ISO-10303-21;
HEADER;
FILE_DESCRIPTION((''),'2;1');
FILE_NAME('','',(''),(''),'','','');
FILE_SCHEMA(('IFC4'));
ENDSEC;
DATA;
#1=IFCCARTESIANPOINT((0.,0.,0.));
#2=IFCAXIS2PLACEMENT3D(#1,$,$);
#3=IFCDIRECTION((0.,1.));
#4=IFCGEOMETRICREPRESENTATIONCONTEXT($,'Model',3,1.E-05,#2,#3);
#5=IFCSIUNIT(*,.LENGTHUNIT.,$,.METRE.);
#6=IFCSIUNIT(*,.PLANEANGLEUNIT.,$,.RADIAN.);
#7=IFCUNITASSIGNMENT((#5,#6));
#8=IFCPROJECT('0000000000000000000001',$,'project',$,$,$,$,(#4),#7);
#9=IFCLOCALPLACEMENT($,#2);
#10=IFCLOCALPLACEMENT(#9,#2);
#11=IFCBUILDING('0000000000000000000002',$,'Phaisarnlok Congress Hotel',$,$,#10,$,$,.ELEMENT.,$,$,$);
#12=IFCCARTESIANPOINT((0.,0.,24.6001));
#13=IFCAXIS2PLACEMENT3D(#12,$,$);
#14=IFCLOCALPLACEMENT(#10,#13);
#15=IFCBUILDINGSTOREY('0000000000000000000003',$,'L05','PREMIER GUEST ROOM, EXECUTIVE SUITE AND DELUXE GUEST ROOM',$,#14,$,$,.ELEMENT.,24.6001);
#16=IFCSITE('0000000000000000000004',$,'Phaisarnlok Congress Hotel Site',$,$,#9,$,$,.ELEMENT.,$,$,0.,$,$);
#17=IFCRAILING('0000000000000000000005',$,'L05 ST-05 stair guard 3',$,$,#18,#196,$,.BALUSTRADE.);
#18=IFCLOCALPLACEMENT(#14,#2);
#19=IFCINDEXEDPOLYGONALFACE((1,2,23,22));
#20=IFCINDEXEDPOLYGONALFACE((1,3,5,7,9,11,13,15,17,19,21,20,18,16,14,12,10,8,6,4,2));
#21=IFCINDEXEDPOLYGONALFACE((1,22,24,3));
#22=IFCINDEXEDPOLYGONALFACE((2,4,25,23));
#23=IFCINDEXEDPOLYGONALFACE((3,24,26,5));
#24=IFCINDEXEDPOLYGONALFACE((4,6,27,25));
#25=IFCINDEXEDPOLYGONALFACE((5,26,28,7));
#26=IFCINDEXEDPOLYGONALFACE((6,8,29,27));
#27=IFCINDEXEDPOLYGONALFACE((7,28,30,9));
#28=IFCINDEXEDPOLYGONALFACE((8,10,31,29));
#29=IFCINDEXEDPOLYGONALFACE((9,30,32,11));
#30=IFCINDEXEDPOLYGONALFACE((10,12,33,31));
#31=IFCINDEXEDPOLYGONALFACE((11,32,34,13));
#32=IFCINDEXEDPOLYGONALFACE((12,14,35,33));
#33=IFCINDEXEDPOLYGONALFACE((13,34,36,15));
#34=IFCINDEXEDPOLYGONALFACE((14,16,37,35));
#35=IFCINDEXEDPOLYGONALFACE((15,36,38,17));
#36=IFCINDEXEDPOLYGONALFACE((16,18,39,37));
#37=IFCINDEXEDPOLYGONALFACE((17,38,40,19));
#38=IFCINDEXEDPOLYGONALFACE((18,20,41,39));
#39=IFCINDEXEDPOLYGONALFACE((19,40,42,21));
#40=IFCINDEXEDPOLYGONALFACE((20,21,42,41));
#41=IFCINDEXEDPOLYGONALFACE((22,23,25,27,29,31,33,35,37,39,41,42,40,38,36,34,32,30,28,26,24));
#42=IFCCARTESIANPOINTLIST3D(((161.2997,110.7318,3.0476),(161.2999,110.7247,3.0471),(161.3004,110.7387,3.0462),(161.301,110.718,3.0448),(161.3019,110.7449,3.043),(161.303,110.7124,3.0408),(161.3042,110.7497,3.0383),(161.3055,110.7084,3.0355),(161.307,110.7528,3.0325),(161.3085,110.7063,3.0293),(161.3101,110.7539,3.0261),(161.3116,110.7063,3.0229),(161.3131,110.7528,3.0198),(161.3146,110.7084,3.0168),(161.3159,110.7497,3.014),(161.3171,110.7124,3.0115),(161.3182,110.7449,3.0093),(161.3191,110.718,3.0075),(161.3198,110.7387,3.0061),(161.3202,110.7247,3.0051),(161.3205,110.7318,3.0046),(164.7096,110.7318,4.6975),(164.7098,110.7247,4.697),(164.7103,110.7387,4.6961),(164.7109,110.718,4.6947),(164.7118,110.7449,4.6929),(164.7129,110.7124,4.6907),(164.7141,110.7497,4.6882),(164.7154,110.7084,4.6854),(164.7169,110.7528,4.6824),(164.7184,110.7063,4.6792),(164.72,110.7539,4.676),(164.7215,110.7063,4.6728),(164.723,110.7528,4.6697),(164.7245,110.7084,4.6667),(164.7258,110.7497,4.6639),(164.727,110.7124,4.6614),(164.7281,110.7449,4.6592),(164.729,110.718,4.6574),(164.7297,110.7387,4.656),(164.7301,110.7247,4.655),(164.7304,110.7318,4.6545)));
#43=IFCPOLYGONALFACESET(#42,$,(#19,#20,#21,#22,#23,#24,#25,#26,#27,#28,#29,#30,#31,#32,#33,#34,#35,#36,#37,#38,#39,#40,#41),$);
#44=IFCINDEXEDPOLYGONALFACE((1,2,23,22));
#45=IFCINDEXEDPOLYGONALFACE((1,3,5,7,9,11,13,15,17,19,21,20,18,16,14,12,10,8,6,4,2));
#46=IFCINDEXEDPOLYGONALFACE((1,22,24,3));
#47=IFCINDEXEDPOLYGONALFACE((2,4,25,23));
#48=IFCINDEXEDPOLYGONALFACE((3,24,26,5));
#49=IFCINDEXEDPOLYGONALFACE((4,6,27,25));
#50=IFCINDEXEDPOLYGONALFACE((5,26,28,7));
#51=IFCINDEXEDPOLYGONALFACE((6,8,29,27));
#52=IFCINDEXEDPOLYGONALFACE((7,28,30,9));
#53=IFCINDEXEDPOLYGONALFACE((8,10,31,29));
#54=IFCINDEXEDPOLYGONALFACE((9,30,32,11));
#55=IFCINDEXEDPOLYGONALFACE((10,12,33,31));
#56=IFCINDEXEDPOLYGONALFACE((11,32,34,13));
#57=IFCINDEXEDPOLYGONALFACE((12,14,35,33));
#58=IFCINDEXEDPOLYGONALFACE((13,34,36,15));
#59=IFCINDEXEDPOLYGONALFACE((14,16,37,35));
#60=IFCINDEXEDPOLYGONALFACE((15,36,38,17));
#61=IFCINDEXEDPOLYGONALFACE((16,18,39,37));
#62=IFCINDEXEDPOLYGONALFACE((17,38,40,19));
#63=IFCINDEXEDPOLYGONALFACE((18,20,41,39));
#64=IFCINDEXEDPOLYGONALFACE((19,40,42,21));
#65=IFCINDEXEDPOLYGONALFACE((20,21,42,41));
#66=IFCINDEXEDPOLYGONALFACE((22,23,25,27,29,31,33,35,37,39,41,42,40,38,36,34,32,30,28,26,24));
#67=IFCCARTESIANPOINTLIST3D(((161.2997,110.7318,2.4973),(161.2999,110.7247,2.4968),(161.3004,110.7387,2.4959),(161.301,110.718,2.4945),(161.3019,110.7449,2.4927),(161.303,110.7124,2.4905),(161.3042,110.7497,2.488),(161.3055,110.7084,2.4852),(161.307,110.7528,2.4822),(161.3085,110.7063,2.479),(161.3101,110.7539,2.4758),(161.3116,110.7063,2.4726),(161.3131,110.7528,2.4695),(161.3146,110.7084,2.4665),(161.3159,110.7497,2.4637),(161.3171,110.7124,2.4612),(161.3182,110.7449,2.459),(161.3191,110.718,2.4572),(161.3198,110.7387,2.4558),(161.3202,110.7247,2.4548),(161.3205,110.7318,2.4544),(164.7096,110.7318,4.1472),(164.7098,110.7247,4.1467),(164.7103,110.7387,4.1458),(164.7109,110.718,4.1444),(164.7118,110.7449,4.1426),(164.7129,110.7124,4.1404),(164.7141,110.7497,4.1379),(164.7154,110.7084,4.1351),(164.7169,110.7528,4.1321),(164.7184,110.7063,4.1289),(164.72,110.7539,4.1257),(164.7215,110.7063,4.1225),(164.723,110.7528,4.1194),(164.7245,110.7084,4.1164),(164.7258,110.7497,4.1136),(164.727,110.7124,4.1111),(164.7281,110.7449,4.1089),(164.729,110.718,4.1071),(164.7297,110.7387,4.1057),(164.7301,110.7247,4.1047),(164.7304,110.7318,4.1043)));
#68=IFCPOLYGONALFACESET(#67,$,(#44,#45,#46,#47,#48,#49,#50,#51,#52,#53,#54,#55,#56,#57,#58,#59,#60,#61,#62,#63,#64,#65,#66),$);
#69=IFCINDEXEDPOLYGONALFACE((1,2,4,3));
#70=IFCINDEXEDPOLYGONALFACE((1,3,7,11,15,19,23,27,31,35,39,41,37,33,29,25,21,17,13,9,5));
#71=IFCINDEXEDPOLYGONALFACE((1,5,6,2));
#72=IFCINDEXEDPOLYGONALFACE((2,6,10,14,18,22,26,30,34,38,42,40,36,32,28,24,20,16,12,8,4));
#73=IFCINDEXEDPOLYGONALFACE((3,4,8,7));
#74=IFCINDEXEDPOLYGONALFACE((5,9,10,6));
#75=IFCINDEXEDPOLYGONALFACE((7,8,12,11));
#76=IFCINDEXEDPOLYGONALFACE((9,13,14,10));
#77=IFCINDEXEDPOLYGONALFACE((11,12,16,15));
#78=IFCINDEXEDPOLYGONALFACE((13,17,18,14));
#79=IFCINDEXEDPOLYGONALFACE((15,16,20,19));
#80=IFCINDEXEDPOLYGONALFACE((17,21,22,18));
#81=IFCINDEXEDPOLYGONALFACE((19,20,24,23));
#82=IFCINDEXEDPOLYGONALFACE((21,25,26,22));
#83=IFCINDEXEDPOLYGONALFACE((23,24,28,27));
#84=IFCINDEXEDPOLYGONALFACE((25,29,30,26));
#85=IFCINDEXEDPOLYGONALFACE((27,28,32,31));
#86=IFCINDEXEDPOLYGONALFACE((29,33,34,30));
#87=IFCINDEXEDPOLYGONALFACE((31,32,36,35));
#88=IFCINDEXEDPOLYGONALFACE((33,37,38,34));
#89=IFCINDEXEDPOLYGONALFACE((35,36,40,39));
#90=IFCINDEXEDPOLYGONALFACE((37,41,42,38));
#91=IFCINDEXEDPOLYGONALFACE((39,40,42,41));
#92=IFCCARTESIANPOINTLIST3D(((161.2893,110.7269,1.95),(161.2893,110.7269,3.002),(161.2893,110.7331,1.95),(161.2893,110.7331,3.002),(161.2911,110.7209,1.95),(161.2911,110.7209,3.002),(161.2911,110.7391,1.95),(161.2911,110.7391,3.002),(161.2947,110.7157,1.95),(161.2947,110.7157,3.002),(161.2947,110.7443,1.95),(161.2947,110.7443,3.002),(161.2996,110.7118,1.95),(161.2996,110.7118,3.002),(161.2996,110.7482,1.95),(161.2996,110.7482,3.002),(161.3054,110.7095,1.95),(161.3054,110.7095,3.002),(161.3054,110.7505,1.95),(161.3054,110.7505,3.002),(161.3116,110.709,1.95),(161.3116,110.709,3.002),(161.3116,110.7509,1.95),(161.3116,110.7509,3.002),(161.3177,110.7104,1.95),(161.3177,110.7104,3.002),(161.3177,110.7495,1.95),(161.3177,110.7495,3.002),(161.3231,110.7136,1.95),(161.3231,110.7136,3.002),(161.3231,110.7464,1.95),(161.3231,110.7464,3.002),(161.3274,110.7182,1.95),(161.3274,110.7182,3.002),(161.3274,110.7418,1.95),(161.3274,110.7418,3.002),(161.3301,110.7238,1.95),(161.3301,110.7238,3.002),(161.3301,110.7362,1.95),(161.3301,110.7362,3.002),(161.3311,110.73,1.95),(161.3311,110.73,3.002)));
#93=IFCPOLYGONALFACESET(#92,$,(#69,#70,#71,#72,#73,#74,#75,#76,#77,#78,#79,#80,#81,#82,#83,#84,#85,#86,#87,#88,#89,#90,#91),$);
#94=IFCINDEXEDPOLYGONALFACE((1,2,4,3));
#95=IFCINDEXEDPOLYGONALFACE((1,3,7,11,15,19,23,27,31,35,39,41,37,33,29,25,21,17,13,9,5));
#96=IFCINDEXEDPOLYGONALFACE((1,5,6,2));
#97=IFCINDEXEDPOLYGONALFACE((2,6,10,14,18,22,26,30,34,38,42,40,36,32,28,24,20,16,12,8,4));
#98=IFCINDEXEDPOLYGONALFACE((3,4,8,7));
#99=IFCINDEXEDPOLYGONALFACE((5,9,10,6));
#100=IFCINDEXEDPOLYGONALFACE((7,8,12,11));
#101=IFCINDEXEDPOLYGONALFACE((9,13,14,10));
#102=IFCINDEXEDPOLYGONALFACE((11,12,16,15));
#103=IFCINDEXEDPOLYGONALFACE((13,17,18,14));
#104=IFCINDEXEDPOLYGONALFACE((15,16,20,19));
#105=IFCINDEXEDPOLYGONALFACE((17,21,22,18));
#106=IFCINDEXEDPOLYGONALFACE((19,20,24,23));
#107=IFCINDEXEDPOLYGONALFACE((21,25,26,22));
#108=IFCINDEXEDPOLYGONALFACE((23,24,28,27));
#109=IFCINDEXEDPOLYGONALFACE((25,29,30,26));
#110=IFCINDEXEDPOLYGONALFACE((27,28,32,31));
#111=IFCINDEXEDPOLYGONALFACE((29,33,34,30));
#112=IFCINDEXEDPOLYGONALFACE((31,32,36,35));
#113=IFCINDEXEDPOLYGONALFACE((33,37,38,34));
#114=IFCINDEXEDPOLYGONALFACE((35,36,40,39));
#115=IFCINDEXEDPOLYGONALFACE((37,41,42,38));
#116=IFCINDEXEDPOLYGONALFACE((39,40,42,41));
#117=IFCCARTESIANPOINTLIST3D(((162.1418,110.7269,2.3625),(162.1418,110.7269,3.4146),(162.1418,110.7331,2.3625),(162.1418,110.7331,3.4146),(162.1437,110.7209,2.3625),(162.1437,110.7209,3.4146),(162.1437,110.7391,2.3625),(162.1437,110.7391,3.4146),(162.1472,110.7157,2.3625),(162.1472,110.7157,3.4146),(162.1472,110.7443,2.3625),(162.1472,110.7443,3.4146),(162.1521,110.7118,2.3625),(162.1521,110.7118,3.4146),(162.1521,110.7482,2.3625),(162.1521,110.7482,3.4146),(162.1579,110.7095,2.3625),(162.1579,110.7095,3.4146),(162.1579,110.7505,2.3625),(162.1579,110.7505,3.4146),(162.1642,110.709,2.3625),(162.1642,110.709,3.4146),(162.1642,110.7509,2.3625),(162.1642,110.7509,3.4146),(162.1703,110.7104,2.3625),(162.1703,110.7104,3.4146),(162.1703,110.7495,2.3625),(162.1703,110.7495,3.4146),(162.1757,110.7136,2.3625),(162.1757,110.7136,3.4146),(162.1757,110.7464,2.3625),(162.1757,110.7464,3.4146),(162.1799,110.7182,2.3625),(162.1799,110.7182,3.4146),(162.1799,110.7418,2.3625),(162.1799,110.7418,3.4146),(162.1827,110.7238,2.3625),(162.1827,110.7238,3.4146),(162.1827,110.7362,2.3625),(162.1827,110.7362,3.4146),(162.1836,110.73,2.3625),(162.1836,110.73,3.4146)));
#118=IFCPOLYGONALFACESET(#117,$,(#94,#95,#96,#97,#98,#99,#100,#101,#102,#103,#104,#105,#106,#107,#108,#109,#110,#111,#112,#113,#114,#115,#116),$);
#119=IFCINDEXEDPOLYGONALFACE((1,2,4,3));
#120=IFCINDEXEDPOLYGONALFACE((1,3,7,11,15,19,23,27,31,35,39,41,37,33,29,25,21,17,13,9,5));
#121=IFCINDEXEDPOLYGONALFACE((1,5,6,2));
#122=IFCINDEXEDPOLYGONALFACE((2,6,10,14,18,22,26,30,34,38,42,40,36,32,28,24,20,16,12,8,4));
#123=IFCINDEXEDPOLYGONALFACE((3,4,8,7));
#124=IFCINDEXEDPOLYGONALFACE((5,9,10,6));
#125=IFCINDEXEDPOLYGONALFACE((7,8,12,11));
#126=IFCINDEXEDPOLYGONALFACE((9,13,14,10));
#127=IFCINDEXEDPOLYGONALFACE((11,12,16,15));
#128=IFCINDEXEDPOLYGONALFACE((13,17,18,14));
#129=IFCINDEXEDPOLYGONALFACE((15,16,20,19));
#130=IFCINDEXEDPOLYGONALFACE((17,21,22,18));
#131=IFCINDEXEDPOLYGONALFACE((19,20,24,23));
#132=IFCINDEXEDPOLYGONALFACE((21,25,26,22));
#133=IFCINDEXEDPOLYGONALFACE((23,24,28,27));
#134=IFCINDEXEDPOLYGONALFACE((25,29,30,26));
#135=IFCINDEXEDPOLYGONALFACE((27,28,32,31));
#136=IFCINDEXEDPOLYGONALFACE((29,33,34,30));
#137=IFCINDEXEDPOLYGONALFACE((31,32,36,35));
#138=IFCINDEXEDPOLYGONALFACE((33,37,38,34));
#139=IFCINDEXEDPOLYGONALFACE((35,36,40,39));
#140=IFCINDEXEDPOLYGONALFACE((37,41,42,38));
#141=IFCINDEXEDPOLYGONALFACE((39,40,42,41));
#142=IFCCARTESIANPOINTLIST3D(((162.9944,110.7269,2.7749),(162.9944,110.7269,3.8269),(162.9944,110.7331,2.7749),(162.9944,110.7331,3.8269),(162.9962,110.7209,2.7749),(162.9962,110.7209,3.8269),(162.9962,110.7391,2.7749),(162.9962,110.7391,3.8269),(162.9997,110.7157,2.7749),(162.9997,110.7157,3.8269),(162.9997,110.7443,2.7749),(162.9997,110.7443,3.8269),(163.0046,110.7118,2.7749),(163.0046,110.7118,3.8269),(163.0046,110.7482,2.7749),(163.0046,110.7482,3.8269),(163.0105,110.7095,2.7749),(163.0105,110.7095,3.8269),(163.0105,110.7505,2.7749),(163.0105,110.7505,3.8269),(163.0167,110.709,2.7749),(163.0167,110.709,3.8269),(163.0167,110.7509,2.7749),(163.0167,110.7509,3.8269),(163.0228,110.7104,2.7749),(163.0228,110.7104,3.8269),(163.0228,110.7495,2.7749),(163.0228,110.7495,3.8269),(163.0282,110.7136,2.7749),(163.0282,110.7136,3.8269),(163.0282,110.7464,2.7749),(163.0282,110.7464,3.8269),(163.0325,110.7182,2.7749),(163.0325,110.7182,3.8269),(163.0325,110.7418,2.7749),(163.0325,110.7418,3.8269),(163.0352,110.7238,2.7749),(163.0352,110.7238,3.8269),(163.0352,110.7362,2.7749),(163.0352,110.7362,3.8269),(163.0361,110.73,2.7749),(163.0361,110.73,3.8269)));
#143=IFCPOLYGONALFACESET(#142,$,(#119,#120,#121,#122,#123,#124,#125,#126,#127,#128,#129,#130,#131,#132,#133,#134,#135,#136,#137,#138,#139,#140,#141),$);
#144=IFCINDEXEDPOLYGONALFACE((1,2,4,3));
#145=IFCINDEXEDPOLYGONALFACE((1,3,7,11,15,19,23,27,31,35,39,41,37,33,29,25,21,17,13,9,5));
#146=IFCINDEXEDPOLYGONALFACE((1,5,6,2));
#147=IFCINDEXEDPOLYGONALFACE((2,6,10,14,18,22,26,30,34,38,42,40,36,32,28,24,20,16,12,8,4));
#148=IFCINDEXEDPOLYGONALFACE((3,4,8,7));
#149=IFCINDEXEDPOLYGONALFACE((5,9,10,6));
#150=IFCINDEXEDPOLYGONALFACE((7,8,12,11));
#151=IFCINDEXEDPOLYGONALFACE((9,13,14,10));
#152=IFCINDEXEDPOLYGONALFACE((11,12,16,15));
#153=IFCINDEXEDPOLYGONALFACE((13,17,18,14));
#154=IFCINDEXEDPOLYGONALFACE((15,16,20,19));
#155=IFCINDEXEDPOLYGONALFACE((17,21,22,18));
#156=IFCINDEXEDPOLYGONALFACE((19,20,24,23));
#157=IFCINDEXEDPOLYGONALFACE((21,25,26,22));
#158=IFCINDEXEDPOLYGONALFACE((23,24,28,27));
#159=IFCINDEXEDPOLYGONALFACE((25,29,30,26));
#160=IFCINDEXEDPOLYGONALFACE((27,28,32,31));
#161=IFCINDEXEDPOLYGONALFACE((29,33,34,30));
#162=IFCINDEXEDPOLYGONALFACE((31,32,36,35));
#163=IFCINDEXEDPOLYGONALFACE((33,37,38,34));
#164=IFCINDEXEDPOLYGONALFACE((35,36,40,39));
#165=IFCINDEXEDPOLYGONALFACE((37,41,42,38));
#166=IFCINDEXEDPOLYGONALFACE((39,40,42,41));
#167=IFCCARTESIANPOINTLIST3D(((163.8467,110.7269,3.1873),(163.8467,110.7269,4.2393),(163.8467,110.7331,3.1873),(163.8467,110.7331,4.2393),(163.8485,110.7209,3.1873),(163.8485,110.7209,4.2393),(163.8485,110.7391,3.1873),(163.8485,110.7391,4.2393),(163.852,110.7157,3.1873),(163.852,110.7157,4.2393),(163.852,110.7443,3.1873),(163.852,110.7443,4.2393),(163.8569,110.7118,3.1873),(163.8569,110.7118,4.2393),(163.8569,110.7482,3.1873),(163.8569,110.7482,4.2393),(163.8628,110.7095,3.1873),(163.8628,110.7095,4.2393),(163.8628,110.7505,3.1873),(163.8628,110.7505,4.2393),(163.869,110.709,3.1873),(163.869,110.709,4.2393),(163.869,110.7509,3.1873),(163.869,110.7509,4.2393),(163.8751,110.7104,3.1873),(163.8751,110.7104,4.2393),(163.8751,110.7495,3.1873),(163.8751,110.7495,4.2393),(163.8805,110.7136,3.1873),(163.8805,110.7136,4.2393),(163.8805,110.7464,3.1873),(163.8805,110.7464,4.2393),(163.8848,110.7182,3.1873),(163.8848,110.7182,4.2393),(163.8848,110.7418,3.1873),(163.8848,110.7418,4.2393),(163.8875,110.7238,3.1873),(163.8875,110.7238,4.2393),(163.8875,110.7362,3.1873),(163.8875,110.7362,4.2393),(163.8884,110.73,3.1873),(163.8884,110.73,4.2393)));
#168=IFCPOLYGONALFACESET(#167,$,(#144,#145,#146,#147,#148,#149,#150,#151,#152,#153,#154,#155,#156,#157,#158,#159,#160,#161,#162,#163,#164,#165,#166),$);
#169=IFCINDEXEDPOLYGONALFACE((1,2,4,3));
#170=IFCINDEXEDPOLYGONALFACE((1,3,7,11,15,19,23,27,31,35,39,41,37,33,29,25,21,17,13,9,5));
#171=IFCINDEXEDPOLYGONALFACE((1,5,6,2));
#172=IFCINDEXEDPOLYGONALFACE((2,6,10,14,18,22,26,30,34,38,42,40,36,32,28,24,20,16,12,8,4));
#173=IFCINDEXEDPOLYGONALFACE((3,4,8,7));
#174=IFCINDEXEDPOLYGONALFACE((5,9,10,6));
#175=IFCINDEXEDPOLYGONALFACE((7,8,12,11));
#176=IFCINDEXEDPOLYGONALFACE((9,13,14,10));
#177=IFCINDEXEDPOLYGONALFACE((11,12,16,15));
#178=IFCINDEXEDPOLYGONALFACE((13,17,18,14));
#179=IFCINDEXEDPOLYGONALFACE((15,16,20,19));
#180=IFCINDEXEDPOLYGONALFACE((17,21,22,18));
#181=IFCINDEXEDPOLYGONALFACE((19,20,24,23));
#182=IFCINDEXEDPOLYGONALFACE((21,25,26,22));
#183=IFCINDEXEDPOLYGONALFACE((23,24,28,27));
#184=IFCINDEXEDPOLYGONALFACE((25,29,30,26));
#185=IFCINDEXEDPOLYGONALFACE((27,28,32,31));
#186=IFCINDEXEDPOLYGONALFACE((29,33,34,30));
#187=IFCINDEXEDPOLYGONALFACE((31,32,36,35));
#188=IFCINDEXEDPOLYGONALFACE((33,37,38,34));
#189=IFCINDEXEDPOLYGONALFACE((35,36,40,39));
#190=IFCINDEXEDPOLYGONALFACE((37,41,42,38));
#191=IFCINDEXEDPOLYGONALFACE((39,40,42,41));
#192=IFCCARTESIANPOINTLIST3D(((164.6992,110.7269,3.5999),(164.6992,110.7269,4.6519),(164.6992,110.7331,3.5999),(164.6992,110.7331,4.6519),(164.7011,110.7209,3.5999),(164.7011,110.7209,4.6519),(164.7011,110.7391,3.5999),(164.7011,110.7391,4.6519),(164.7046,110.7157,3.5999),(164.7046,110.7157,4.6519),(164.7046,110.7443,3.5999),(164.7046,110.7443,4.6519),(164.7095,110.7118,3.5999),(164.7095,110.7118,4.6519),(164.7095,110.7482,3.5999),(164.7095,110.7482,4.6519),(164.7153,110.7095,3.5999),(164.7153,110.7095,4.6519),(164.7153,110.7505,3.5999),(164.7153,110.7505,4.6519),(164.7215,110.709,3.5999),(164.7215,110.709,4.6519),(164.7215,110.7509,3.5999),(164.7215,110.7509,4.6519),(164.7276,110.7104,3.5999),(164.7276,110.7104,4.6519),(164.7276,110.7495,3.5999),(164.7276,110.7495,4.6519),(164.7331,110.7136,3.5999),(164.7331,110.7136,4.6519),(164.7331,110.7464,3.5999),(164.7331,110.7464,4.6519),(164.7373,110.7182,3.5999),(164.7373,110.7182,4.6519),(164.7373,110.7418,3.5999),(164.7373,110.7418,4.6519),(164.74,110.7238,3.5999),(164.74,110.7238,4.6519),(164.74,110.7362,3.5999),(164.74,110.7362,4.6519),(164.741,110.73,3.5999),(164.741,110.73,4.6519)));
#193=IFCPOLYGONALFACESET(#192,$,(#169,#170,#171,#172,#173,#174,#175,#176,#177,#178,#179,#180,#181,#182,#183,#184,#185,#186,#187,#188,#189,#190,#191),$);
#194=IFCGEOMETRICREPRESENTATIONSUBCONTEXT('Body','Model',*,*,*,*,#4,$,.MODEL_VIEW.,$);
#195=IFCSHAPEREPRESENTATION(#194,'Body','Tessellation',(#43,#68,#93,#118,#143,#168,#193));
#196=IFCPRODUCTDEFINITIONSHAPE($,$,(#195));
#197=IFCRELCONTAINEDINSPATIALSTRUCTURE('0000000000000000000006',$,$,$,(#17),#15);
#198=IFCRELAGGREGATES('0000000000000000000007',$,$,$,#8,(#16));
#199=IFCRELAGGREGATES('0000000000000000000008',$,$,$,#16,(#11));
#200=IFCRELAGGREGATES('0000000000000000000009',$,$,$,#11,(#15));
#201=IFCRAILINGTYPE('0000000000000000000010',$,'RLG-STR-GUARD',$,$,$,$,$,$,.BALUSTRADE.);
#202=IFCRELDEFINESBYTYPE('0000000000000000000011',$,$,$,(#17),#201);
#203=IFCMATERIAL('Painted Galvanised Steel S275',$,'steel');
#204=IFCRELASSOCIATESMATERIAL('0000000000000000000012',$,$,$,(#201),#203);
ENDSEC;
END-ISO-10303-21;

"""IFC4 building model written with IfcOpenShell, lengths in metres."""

from ifc_helpers import new_model, si_unit, direction, frame, origin, origin_2d, place, context, subcontext, project, spatial, circle, extrude, material, type_object, element, save


model = new_model("IFC4")

# Units and contexts
model_context = context("Model", 3, precision=1e-05, world=origin(), true_north=direction((0.0, 1.0)))
body_context = subcontext(model_context, "Body", "Model", "MODEL_VIEW")
ifc_project = project(units=[si_unit("LENGTHUNIT", "METRE"), si_unit("PLANEANGLEUNIT", "RADIAN")], contexts=[model_context])

# Site, building, storey
site_placement = place(None, origin())
site = spatial("IfcSite", under=ifc_project, at=site_placement, Name="Phaisarnlok Congress Hotel Site", CompositionType="ELEMENT", RefElevation=0.0)
building_placement = place(site_placement, origin())
building = spatial("IfcBuilding", under=site, at=building_placement, Name="Phaisarnlok Congress Hotel", CompositionType="ELEMENT")
storey_placement = place(building_placement, frame((0.0, 0.0, 24.6001)))
storey = spatial("IfcBuildingStorey", under=building, at=storey_placement, Name="L05", Description="PREMIER GUEST ROOM, EXECUTIVE SUITE AND DELUXE GUEST ROOM", CompositionType="ELEMENT", Elevation=24.6001)

# Railing
ifc_material_1 = material(Name="Painted Galvanised Steel S275", Category="steel")
railing_type_1 = type_object("IfcRailingType", Name="RLG-STR-GUARD", PredefinedType="BALUSTRADE", material=ifc_material_1)
railing_1_placement = place(storey_placement, frame((161.3101, 110.73, 1.95)))
element("IfcRailing", 1, at=railing_1_placement, inside=storey, type_object=railing_type_1, Name="L05 ST-05 stair guard 3", PredefinedType="BALUSTRADE", context=body_context, shape_type="SweptSolid", body=[
    extrude(circle(Radius=0.0239, at=origin_2d()), frame((0.0, 0.0, 1.0762), z_axis=(0.900165, 0.0, 0.435549), x_axis=(0.0, 1.0, 0.0)), (0.0, 0.0, 1.0), 3.7881),
    extrude(circle(Radius=0.0239, at=origin_2d()), frame((0.0, 0.0, 0.5259), z_axis=(0.900165, 0.0, 0.435549), x_axis=(0.0, 1.0, 0.0)), (0.0, 0.0, 1.0), 3.7881),
    extrude(circle(Radius=0.021, at=origin_2d()), origin(), (0.0, 0.0, 1.0), 1.052),
    extrude(circle(Radius=0.021, at=origin_2d()), frame((0.8525, 0.0, 0.4126)), (0.0, 0.0, 1.0), 1.052),
    extrude(circle(Radius=0.021, at=origin_2d()), frame((1.7051, 0.0, 0.825)), (0.0, 0.0, 1.0), 1.052),
    extrude(circle(Radius=0.021, at=origin_2d()), frame((2.5574, 0.0, 1.2373)), (0.0, 0.0, 1.0), 1.052),
    extrude(circle(Radius=0.021, at=origin_2d()), frame((3.4099, 0.0, 1.6499)), (0.0, 0.0, 1.0), 1.052),
])

save(model, "model.ifc")
